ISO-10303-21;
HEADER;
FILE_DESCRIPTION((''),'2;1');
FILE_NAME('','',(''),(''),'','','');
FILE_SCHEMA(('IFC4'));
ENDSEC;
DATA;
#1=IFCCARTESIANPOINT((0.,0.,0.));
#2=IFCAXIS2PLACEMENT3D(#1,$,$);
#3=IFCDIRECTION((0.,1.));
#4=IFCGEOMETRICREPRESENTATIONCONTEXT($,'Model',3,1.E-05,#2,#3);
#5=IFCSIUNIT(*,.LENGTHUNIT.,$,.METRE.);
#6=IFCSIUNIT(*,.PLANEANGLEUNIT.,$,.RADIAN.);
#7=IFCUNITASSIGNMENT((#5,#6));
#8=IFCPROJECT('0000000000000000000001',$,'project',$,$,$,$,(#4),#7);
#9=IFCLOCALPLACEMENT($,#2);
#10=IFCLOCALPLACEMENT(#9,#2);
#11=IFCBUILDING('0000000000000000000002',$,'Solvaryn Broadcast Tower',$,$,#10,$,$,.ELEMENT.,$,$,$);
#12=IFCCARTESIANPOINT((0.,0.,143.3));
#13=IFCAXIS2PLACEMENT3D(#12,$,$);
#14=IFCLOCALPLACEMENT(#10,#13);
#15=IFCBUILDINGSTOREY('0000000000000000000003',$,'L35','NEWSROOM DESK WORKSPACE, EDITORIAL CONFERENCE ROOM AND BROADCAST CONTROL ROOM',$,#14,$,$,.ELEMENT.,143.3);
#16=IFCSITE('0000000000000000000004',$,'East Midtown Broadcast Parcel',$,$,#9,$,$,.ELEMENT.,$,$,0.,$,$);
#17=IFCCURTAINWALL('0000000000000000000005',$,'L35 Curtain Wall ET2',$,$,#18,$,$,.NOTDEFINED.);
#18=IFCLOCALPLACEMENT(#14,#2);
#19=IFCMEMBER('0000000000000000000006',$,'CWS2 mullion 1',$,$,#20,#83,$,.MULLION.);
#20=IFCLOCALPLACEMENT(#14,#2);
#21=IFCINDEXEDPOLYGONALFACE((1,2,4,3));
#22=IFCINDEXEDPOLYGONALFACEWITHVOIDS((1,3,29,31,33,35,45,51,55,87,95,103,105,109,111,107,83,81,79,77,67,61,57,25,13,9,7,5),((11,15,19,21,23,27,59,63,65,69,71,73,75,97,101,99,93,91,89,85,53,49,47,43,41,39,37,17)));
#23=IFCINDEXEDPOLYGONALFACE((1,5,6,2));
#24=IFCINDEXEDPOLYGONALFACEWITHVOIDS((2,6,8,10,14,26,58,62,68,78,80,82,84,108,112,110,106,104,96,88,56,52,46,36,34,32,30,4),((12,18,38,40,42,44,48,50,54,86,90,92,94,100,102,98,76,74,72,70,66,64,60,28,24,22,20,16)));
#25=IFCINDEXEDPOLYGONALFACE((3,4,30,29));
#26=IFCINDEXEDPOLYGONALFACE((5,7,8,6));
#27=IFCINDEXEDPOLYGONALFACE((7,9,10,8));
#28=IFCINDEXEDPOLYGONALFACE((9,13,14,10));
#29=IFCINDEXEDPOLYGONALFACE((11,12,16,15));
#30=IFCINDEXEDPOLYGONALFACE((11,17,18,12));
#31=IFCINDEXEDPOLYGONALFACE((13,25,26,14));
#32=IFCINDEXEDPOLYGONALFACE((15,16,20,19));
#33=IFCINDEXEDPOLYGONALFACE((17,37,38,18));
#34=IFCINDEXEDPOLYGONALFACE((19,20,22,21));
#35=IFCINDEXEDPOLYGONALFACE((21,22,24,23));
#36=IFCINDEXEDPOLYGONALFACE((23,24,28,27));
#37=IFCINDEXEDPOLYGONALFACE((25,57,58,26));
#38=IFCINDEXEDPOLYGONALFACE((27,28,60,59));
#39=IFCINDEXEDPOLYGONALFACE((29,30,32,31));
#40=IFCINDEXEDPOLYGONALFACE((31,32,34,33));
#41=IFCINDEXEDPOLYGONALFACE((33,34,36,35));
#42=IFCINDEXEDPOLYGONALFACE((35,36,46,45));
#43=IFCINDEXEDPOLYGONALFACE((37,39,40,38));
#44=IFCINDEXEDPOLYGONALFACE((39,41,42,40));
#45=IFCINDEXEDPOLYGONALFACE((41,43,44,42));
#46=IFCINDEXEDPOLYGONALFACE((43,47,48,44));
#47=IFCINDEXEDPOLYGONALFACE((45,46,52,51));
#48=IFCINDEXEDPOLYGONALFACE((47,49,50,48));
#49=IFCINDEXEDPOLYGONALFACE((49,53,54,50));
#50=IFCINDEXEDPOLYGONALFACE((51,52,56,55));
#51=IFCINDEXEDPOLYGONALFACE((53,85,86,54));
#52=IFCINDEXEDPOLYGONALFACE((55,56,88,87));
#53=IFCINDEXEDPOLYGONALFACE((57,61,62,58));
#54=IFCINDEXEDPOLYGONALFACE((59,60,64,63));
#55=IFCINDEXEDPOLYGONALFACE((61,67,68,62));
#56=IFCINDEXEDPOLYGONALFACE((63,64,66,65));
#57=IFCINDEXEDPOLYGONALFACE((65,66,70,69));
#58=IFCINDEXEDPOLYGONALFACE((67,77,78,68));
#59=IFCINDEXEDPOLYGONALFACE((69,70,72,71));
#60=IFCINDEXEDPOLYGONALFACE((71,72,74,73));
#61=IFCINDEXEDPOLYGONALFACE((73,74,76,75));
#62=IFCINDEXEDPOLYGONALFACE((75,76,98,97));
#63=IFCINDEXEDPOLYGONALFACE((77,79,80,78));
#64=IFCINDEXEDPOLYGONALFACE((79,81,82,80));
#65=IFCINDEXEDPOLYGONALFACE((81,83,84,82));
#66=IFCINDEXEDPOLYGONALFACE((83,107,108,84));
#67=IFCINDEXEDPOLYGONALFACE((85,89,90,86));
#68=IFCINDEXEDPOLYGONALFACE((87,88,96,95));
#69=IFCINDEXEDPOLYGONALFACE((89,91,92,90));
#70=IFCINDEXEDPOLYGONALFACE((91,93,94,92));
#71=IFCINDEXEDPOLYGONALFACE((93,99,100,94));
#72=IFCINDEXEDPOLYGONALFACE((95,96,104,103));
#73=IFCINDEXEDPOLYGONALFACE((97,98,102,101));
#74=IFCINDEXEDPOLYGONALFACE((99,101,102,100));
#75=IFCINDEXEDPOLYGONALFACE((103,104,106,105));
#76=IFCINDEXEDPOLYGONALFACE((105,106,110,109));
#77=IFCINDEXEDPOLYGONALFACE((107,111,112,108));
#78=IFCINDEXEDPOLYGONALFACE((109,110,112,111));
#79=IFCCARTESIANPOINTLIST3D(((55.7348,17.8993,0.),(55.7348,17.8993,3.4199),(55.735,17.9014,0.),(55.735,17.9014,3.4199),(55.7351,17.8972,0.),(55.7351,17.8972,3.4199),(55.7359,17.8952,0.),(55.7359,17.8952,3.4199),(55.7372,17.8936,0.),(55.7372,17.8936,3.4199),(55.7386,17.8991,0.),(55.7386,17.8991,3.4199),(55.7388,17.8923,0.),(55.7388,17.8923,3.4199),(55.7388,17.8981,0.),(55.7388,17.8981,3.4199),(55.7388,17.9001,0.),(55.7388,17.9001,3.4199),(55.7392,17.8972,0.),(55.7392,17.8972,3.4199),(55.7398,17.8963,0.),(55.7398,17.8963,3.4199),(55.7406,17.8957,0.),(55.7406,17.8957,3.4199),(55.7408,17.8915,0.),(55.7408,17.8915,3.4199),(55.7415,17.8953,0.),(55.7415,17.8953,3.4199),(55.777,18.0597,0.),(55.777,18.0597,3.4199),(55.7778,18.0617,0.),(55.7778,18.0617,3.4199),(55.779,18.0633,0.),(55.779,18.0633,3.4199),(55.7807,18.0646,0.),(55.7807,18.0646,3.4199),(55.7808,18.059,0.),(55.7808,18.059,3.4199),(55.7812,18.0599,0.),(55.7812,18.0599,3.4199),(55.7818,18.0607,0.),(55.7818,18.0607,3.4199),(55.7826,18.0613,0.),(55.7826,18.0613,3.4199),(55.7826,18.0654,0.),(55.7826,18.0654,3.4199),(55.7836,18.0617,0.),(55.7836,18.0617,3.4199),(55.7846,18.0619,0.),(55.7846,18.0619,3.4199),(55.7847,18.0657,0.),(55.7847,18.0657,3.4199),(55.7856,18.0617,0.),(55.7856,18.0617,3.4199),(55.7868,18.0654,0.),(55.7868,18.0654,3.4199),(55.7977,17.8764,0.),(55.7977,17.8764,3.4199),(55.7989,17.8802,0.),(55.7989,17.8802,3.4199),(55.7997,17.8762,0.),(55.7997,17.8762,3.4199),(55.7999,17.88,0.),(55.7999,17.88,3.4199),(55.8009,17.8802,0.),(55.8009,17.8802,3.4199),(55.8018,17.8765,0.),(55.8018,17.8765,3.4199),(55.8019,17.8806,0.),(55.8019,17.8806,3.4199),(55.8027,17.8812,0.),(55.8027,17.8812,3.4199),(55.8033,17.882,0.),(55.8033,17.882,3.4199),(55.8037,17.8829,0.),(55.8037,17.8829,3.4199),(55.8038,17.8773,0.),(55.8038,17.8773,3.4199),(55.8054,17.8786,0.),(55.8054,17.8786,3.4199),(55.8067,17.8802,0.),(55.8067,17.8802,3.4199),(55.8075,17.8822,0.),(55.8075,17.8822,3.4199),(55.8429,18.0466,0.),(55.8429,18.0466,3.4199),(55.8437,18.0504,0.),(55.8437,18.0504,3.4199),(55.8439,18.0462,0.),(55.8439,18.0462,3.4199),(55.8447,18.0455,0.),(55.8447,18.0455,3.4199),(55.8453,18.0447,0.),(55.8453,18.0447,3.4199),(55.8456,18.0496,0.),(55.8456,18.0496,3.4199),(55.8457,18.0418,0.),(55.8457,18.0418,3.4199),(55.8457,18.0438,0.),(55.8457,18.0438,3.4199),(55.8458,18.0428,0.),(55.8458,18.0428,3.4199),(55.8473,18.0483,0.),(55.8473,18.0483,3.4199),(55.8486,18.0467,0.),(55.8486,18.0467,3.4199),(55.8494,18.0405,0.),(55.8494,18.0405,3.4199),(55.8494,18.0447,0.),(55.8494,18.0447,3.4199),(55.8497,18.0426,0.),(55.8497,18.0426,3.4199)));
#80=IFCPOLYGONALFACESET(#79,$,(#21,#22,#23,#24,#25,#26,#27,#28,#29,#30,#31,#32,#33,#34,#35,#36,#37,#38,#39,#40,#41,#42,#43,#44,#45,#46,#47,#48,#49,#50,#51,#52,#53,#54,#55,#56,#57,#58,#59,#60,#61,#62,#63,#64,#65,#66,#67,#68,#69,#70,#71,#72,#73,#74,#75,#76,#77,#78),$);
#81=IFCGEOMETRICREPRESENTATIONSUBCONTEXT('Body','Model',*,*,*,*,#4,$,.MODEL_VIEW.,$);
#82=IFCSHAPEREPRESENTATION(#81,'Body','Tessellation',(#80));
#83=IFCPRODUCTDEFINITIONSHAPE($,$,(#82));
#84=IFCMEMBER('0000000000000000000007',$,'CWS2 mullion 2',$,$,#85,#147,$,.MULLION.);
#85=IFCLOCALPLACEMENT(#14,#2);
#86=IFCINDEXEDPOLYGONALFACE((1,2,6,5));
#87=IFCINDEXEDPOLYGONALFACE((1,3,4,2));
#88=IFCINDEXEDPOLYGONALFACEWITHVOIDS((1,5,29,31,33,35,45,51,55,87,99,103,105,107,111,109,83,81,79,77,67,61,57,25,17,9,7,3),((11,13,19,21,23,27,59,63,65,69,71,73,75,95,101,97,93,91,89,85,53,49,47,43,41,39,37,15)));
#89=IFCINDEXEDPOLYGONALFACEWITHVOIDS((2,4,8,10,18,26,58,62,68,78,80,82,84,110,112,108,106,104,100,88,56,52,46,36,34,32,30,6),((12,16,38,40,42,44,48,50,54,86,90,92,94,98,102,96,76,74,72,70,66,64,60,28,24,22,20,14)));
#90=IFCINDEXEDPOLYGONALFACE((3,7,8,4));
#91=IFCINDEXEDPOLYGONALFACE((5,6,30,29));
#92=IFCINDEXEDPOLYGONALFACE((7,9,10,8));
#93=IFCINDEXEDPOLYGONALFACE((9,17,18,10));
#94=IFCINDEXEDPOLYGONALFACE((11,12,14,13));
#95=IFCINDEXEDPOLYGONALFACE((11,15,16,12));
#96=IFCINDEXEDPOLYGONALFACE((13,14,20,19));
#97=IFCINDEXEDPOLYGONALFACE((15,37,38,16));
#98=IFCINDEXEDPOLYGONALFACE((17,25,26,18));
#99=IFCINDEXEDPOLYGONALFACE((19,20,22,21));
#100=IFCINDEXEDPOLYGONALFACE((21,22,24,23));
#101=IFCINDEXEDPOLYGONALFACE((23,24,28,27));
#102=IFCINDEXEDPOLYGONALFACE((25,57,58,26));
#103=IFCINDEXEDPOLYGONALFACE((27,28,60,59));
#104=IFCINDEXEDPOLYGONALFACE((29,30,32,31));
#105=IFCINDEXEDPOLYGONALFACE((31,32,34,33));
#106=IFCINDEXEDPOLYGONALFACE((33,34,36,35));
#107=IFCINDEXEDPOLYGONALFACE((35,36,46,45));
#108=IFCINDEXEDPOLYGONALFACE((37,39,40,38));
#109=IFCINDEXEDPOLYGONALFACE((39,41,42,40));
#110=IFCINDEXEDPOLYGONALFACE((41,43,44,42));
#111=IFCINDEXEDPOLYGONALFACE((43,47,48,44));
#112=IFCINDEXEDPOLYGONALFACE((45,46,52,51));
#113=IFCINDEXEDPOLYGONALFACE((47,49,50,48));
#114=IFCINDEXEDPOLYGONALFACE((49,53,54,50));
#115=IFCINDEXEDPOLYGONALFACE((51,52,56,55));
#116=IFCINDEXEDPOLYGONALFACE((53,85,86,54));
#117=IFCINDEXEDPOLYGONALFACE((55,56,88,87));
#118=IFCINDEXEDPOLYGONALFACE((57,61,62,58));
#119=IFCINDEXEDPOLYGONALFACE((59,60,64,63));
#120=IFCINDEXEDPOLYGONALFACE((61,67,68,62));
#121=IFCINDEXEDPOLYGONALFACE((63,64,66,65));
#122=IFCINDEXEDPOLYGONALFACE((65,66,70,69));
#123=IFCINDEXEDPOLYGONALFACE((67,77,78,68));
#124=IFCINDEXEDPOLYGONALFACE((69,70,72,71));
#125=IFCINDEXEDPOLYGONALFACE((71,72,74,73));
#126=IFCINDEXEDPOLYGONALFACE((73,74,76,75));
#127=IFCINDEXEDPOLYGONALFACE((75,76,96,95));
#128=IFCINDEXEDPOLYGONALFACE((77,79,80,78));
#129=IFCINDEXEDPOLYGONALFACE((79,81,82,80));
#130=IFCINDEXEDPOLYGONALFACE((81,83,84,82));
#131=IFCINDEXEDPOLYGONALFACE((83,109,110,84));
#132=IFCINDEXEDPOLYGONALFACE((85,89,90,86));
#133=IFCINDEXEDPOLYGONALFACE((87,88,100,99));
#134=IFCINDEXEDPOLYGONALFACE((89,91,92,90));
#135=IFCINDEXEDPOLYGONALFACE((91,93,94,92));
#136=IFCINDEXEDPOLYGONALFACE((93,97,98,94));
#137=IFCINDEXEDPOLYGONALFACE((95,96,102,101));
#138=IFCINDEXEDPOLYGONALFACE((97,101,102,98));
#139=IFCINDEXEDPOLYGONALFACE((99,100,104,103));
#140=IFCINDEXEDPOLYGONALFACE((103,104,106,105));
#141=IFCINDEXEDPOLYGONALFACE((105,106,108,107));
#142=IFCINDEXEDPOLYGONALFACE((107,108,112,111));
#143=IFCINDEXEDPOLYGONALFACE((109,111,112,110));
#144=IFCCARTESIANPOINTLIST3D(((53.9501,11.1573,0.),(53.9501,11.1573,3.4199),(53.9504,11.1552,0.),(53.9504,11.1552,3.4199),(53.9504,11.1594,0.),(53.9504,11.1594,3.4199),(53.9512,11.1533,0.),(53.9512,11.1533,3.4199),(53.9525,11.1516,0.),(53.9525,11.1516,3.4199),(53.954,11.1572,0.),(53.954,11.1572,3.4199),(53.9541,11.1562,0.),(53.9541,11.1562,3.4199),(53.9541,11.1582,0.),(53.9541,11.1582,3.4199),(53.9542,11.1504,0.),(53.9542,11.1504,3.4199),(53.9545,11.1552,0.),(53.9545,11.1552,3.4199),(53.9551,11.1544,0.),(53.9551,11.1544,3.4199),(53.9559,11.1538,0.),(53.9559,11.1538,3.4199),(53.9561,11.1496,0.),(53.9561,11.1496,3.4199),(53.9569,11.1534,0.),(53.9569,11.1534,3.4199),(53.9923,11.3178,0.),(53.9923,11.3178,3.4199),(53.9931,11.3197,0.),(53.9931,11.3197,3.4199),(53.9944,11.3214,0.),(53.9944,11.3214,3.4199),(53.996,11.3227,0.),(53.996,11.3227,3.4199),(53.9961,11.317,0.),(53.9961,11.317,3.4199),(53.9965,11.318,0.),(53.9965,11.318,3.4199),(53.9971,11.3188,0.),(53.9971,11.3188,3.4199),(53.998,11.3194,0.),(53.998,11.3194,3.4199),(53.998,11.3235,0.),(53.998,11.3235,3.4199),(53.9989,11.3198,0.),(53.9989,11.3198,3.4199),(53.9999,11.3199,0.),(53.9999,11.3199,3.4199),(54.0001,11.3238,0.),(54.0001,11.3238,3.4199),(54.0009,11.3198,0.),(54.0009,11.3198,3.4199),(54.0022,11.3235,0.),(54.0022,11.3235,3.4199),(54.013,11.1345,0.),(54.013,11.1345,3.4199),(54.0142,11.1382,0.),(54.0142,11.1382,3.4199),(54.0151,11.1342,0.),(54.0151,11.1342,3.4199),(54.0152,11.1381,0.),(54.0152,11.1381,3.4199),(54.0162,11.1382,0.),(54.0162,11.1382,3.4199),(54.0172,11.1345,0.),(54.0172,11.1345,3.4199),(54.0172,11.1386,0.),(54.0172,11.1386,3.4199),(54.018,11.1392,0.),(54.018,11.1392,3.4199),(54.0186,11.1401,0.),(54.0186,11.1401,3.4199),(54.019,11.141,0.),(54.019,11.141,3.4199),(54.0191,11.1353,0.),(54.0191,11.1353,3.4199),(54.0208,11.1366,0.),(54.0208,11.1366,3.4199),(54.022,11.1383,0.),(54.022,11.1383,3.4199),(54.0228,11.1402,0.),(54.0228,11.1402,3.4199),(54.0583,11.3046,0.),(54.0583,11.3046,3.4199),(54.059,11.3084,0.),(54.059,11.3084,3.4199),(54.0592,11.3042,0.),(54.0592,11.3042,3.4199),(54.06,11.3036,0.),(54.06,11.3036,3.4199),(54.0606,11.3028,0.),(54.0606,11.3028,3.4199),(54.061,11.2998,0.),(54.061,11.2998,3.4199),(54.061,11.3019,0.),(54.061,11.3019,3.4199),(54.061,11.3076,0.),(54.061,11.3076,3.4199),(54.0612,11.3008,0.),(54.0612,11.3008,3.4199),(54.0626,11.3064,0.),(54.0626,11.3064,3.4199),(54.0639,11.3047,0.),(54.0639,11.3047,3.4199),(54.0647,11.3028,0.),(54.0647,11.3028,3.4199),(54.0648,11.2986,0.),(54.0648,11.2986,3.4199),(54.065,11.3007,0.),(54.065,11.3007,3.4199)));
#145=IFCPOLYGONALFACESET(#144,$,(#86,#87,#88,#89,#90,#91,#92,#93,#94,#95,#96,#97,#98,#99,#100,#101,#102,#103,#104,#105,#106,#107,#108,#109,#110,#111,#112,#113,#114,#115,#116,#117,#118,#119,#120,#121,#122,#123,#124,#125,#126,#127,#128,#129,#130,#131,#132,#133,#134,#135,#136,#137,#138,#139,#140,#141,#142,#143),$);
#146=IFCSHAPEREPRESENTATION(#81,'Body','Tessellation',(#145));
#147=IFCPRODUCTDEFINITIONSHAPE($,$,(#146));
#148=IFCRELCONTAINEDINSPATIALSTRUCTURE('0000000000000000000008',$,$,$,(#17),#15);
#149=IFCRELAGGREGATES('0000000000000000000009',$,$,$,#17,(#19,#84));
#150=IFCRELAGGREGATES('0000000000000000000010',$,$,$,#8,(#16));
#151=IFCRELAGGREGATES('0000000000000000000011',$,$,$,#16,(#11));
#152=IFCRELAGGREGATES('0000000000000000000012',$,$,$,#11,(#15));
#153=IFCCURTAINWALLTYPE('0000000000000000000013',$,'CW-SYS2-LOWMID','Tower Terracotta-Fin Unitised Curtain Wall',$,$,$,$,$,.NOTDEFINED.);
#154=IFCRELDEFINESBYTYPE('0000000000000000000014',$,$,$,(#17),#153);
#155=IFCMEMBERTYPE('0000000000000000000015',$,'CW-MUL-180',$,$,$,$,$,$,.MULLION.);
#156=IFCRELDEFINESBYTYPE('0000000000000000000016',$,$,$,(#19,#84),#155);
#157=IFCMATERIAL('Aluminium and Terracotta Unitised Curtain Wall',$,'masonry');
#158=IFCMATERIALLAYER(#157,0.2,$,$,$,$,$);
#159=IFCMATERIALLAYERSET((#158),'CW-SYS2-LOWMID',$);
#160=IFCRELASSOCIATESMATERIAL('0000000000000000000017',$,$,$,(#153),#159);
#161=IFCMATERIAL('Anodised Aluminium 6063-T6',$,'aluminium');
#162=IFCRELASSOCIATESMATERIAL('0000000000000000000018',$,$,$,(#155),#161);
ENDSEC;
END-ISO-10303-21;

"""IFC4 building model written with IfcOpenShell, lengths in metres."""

from ifc_helpers import new_model, si_unit, direction, frame, origin, origin_2d, place, context, subcontext, project, spatial, hollow_rectangle, extrude, material, layer, layer_set, material_profile, profile_set, type_object, element, aggregate, save


model = new_model("IFC4")

# Units and contexts
model_context = context("Model", 3, precision=1e-05, world=origin(), true_north=direction((0.0, 1.0)))
body_context = subcontext(model_context, "Body", "Model", "MODEL_VIEW")
ifc_project = project(units=[si_unit("LENGTHUNIT", "METRE"), si_unit("PLANEANGLEUNIT", "RADIAN")], contexts=[model_context])

# Site, building, storey
site_placement = place(None, origin())
site = spatial("IfcSite", under=ifc_project, at=site_placement, Name="East Midtown Broadcast Parcel", CompositionType="ELEMENT", RefElevation=0.0)
building_placement = place(site_placement, origin())
building = spatial("IfcBuilding", under=site, at=building_placement, Name="Solvaryn Broadcast Tower", CompositionType="ELEMENT")
storey_placement = place(building_placement, frame((0.0, 0.0, 143.3)))
storey = spatial("IfcBuildingStorey", under=building, at=storey_placement, Name="L35", Description="NEWSROOM DESK WORKSPACE, EDITORIAL CONFERENCE ROOM AND BROADCAST CONTROL ROOM", CompositionType="ELEMENT", Elevation=143.3)

# Shared definitions
ifc_material_1 = material(Name="Aluminium and Terracotta Unitised Curtain Wall", Category="masonry")
ifc_layer_1 = layer(ifc_material_1, 0.2)
ifc_layer_set_1 = layer_set([ifc_layer_1], Name="CW-SYS2-LOWMID")
curtain_wall_type = type_object("IfcCurtainWallType", Name="CW-SYS2-LOWMID", Description="Tower Terracotta-Fin Unitised Curtain Wall", PredefinedType="NOTDEFINED", material=ifc_layer_set_1)
ifc_material_2 = material(Name="Anodised Aluminium 6063-T6", Category="aluminium")
ifc_material_profile_1 = material_profile(ifc_material_2, hollow_rectangle(XDim=0.075, YDim=0.1799, WallThickness=0.0039, InnerFilletRadius=0.0039, OuterFilletRadius=0.0081, at=origin_2d()))
ifc_profile_set_1 = profile_set([ifc_material_profile_1], Name="Anodised Aluminium 6063-T6")
member_type_1 = type_object("IfcMemberType", Name="CW-MUL-180", PredefinedType="MULLION", material=ifc_profile_set_1)

# Curtain wall, members
curtain_wall_1_placement = place(storey_placement, origin())
curtain_wall_1 = element("IfcCurtainWall", 1, at=curtain_wall_1_placement, inside=storey, type_object=curtain_wall_type, Name="L35 Curtain Wall ET2", PredefinedType="NOTDEFINED")
member_1_placement = place(storey_placement, frame((55.7922, 17.9709, 0.0), z_axis=(0.0, 0.0, 1.0), x_axis=(0.966705, -0.255893, 0.0)))
member_1 = element("IfcMember", 2, at=member_1_placement, type_object=member_type_1, Name="CWS2 mullion 1", PredefinedType="MULLION", context=body_context, shape_type="SweptSolid", body=[
    extrude(hollow_rectangle(XDim=0.075, YDim=0.1799, WallThickness=0.0039, InnerFilletRadius=0.0039, OuterFilletRadius=0.0081, at=origin_2d()), origin(), (0.0, 0.0, 1.0), 3.4199),
])
member_2_placement = place(storey_placement, frame((54.0076, 11.229, 0.0), z_axis=(0.0, 0.0, 1.0), x_axis=(0.966705, -0.255893, 0.0)))
member_2 = element("IfcMember", 3, at=member_2_placement, type_object=member_type_1, Name="CWS2 mullion 2", PredefinedType="MULLION", context=body_context, shape_type="SweptSolid", body=[
    extrude(hollow_rectangle(XDim=0.075, YDim=0.1799, WallThickness=0.0039, InnerFilletRadius=0.0039, OuterFilletRadius=0.0081, at=origin_2d()), origin(), (0.0, 0.0, 1.0), 3.4199),
])

aggregate(curtain_wall_1, [member_1, member_2])

save(model, "model.ifc")
